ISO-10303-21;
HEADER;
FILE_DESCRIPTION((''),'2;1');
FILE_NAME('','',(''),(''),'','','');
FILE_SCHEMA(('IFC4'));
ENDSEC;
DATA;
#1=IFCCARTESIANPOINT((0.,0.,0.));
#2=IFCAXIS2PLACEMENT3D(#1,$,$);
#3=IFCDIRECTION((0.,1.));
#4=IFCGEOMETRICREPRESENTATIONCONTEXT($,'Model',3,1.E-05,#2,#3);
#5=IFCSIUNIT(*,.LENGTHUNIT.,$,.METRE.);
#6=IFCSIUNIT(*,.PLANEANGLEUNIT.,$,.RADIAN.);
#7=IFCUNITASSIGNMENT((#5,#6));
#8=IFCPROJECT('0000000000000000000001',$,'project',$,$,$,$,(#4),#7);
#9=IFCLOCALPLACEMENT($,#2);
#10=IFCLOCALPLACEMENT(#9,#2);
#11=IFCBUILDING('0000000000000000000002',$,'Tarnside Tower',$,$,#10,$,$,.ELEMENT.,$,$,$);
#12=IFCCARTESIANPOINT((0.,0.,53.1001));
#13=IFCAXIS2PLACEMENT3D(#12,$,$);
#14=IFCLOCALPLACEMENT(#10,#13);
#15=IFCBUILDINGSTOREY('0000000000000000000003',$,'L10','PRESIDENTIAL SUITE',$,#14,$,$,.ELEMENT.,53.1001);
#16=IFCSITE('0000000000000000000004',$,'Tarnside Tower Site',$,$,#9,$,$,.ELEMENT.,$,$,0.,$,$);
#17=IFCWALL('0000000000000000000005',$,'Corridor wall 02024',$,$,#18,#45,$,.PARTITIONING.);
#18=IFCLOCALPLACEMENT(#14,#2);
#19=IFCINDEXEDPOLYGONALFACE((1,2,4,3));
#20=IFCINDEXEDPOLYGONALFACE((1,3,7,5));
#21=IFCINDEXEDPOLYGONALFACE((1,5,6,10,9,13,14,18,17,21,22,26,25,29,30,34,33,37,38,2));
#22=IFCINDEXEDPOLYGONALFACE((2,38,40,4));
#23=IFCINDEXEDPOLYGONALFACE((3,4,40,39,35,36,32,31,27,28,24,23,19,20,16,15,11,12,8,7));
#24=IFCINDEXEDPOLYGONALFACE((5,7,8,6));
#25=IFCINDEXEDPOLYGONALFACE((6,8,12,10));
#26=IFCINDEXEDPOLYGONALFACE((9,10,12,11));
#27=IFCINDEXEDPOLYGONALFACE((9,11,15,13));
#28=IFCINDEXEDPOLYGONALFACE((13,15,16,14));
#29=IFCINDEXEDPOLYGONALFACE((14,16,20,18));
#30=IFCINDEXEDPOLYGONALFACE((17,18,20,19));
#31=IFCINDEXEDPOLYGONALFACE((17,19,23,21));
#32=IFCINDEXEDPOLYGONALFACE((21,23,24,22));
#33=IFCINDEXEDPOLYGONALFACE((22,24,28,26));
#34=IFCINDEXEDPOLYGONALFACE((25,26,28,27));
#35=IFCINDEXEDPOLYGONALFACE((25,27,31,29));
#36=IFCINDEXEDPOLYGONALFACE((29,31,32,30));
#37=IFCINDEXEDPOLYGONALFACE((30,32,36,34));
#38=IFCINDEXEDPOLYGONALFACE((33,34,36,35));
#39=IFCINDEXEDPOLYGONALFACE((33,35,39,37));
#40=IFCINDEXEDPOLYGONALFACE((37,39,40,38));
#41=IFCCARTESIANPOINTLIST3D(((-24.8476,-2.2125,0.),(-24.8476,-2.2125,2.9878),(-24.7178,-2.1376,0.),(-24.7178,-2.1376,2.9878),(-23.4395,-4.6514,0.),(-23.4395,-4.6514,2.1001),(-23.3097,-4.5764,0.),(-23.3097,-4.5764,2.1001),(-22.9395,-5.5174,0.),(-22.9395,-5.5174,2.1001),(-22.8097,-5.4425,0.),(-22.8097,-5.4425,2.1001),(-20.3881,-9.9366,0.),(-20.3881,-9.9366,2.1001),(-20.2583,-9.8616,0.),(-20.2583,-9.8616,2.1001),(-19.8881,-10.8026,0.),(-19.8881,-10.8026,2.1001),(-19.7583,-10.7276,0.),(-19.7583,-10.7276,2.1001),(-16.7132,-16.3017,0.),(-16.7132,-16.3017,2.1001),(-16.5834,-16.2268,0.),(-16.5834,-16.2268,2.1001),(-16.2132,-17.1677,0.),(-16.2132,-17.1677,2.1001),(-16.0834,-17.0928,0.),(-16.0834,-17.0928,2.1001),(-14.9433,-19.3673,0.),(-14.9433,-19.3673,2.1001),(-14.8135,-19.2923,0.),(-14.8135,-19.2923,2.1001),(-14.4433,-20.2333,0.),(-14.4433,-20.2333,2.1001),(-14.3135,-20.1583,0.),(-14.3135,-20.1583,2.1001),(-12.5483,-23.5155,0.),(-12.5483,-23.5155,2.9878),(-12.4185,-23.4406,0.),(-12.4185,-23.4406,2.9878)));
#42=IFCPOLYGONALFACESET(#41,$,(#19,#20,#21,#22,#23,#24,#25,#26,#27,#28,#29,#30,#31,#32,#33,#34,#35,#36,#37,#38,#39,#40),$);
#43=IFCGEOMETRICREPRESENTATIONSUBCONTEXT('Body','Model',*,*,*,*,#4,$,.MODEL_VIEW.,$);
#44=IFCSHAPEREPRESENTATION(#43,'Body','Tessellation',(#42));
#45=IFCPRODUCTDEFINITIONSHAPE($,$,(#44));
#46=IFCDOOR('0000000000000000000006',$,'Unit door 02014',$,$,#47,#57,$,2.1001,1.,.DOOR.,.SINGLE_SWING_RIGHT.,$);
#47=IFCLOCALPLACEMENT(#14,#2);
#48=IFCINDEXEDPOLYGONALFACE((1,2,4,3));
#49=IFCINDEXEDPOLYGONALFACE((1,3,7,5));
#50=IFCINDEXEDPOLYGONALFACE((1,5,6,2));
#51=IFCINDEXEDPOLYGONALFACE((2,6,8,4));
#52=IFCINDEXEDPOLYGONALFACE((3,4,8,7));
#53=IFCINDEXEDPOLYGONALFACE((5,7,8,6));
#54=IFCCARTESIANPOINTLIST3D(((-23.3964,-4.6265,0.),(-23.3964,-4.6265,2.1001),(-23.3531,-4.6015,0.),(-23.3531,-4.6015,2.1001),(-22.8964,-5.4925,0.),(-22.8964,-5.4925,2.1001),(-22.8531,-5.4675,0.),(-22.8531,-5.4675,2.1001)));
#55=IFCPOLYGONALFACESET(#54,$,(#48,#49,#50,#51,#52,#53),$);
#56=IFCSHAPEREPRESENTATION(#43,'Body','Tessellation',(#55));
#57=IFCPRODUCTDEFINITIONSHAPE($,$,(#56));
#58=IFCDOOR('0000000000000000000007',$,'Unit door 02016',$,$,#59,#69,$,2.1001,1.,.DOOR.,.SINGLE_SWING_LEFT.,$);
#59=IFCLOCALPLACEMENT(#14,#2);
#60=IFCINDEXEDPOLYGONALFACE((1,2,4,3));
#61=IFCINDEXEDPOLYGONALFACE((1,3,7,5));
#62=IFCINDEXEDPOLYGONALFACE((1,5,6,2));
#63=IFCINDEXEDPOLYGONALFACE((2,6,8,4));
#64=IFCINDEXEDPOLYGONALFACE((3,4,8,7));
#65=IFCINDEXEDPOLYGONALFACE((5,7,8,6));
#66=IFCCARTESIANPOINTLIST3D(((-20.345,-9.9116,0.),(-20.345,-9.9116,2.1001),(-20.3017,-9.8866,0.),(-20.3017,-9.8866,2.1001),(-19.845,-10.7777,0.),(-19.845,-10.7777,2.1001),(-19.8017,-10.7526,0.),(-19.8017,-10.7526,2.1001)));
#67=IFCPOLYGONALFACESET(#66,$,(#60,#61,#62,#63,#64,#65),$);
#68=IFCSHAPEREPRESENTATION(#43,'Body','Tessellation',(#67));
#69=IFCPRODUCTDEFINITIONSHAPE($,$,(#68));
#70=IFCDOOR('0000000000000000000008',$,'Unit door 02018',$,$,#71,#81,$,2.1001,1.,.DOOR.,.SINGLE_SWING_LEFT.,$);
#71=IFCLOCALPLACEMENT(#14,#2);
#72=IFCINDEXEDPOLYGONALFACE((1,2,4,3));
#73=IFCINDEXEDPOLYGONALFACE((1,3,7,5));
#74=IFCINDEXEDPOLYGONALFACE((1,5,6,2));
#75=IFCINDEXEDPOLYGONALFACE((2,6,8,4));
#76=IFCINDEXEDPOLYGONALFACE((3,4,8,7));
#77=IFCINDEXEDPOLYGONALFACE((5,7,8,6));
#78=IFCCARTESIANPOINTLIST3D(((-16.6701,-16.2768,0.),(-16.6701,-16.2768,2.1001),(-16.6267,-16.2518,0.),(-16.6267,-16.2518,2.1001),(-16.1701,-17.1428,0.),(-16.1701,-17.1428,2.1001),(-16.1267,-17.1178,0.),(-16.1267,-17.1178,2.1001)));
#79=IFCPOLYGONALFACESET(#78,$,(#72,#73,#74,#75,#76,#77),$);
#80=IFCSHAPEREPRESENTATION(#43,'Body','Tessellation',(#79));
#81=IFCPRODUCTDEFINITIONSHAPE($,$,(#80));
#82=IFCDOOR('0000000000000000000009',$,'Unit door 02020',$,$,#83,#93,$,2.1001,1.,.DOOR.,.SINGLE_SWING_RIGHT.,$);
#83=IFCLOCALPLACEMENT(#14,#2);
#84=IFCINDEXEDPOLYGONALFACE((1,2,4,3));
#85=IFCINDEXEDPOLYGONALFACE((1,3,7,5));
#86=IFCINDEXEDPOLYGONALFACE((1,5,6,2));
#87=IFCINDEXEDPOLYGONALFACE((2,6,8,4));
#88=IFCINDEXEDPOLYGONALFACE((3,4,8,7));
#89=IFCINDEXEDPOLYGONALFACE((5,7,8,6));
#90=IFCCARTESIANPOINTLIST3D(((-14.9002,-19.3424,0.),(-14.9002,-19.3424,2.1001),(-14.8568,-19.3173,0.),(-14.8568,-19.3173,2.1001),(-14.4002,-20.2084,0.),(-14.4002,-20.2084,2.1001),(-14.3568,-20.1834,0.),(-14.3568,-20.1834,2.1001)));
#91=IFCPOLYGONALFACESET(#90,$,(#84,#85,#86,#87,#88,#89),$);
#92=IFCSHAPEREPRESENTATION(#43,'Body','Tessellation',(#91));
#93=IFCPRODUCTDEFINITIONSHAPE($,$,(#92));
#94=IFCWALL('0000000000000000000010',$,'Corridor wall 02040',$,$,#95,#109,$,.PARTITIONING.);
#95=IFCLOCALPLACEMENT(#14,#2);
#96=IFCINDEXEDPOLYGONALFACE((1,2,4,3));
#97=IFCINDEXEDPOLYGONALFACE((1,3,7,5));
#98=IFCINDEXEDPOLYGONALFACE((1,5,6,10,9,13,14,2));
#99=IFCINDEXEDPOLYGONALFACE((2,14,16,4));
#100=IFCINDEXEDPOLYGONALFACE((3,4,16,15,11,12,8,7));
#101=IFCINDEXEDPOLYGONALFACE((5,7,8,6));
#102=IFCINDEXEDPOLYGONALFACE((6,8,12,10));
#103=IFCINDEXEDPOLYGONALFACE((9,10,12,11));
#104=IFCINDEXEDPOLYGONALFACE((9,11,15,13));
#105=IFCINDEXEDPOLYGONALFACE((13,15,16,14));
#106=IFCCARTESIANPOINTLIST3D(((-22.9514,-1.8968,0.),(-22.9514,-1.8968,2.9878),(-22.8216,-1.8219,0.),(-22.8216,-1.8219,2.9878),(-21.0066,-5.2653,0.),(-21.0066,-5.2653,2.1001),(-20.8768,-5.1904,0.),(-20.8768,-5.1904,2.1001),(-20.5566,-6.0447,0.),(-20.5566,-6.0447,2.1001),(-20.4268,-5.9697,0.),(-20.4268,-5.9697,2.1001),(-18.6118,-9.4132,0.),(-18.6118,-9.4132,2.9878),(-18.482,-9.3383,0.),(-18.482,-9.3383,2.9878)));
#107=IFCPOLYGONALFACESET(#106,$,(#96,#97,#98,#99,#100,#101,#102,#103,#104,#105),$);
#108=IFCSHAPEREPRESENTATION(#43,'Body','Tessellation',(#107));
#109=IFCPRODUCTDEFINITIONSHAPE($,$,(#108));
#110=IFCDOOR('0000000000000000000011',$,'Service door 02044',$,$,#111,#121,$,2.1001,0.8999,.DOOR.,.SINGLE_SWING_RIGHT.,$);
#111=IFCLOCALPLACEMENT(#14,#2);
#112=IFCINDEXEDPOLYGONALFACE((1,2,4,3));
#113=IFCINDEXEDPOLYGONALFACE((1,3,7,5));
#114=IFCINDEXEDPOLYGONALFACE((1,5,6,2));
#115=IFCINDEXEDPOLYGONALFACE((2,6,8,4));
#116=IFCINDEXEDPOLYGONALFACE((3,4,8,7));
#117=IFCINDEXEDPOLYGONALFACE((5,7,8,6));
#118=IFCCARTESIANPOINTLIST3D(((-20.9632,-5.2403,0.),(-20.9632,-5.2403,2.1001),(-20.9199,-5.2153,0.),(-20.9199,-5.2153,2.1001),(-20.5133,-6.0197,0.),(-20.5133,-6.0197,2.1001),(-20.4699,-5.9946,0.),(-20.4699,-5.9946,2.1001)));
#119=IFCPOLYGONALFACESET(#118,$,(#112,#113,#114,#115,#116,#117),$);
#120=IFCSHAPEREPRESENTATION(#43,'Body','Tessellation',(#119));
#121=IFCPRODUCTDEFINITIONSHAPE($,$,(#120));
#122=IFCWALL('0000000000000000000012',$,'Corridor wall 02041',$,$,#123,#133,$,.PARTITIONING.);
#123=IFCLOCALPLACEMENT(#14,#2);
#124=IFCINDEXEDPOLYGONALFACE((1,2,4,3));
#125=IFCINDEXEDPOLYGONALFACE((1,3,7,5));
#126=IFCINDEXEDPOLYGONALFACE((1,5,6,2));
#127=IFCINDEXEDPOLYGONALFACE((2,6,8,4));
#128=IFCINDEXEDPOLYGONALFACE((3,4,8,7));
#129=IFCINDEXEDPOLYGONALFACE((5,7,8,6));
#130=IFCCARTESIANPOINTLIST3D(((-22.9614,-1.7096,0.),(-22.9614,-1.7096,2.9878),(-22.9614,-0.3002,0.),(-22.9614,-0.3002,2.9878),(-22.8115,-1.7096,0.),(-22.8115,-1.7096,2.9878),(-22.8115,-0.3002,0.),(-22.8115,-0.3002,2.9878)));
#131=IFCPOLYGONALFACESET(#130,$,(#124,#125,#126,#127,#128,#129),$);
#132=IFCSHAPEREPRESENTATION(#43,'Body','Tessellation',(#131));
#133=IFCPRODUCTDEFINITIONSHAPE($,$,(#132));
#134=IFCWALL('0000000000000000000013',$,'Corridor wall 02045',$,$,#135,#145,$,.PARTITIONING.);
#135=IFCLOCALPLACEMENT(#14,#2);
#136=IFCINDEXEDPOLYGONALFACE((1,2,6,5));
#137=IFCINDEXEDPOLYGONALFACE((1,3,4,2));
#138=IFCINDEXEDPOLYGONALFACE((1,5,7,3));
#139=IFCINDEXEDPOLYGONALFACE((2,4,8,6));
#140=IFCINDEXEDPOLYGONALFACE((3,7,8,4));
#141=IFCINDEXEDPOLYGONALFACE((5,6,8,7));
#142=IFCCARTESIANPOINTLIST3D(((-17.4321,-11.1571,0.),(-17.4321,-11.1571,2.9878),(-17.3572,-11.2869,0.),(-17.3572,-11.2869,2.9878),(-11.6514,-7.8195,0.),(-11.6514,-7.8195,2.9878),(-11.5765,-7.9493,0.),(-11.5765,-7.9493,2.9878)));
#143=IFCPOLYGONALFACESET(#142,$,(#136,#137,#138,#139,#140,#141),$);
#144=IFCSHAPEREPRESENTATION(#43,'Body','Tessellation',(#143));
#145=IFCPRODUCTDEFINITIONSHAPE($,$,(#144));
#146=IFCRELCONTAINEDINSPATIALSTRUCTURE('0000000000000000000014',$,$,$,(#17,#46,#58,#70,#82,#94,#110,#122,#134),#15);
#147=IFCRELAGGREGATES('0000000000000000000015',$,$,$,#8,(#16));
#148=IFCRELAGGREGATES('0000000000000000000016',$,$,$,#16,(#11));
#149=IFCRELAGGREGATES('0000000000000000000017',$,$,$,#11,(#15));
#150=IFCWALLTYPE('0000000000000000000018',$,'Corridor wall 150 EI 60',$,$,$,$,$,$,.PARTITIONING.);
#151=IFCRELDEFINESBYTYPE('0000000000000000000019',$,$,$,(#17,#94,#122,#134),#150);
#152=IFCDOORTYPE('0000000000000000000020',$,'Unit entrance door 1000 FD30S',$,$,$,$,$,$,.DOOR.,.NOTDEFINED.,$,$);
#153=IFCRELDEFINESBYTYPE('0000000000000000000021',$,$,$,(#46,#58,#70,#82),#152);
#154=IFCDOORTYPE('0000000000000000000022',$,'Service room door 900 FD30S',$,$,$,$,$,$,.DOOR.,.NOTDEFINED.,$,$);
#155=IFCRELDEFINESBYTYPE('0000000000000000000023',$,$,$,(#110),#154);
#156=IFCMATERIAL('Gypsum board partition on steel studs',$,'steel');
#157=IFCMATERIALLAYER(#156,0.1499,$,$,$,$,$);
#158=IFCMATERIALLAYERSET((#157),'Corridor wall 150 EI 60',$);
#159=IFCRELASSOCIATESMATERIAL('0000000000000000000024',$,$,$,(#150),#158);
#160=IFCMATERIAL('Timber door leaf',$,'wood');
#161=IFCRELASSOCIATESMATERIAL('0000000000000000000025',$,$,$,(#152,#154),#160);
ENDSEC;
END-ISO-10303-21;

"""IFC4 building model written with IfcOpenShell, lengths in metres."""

from ifc_helpers import new_model, si_unit, direction, frame, frame_2d, origin, place, context, subcontext, project, spatial, rectangle, extrude, material, layer, layer_set, type_object, element, fill, save


model = new_model("IFC4")

# Units and contexts
model_context = context("Model", 3, precision=1e-05, world=origin(), true_north=direction((0.0, 1.0)))
body_context = subcontext(model_context, "Body", "Model", "MODEL_VIEW")
ifc_project = project(units=[si_unit("LENGTHUNIT", "METRE"), si_unit("PLANEANGLEUNIT", "RADIAN")], contexts=[model_context])

# Site, building, storey
site_placement = place(None, origin())
site = spatial("IfcSite", under=ifc_project, at=site_placement, Name="Tarnside Tower Site", CompositionType="ELEMENT", RefElevation=0.0)
building_placement = place(site_placement, origin())
building = spatial("IfcBuilding", under=site, at=building_placement, Name="Tarnside Tower", CompositionType="ELEMENT")
storey_placement = place(building_placement, frame((0.0, 0.0, 53.1001)))
storey = spatial("IfcBuildingStorey", under=building, at=storey_placement, Name="L10", Description="PRESIDENTIAL SUITE", CompositionType="ELEMENT", Elevation=53.1001)

# Shared definitions
ifc_material_1 = material(Name="Gypsum board partition on steel studs", Category="steel")
ifc_material_2 = material(Name="Timber door leaf", Category="wood")

# Wall, openings, doors
ifc_layer_1 = layer(ifc_material_1, 0.1499)
ifc_layer_set_1 = layer_set([ifc_layer_1], Name="Corridor wall 150 EI 60")
wall_type_1 = type_object("IfcWallType", Name="Corridor wall 150 EI 60", PredefinedType="PARTITIONING", material=ifc_layer_set_1)
wall_1_placement = place(storey_placement, frame((-24.7827, -2.175, 0.0), z_axis=(0.0, 0.0, 1.0), x_axis=(0.500001, -0.866025, 0.0)))
wall_1 = element("IfcWall", 1, at=wall_1_placement, inside=storey, type_object=wall_type_1, Name="Corridor wall 02024", PredefinedType="PARTITIONING", context=body_context, shape_type="SweptSolid", body=[
    extrude(rectangle(XDim=24.5986, YDim=0.1499, at=frame_2d((12.2993, 0.0))), origin(), (0.0, 0.0, 1.0), 2.9878),
])
opening_1_placement = place(wall_1_placement, frame((2.8162, 0.0, 0.0)))
opening_1 = element("IfcOpeningElement", 2, at=opening_1_placement, cuts=wall_1, PredefinedType="OPENING", context=body_context, shape_type="SweptSolid", body=[
    extrude(rectangle(XDim=1.0, YDim=2.1001, at=frame_2d((0.5, 1.05))), frame((0.0, 0.085, 0.0), z_axis=(0.0, -1.0, 0.0), x_axis=(1.0, 0.0, 0.0)), (0.0, 0.0, 1.0), 0.1699),
])
opening_2_placement = place(wall_1_placement, frame((8.9189, 0.0, 0.0)))
opening_2 = element("IfcOpeningElement", 3, at=opening_2_placement, cuts=wall_1, PredefinedType="OPENING", context=body_context, shape_type="SweptSolid", body=[
    extrude(rectangle(XDim=1.0, YDim=2.1001, at=frame_2d((0.5, 1.05))), frame((0.0, 0.085, 0.0), z_axis=(0.0, -1.0, 0.0), x_axis=(1.0, 0.0, 0.0)), (0.0, 0.0, 1.0), 0.1699),
])
opening_3_placement = place(wall_1_placement, frame((16.2688, 0.0, 0.0)))
opening_3 = element("IfcOpeningElement", 4, at=opening_3_placement, cuts=wall_1, PredefinedType="OPENING", context=body_context, shape_type="SweptSolid", body=[
    extrude(rectangle(XDim=1.0, YDim=2.1001, at=frame_2d((0.5, 1.05))), frame((0.0, 0.085, 0.0), z_axis=(0.0, -1.0, 0.0), x_axis=(1.0, 0.0, 0.0)), (0.0, 0.0, 1.0), 0.1699),
])
opening_4_placement = place(wall_1_placement, frame((19.8086, 0.0, 0.0)))
opening_4 = element("IfcOpeningElement", 5, at=opening_4_placement, cuts=wall_1, PredefinedType="OPENING", context=body_context, shape_type="SweptSolid", body=[
    extrude(rectangle(XDim=1.0, YDim=2.1001, at=frame_2d((0.5, 1.05))), frame((0.0, 0.085, 0.0), z_axis=(0.0, -1.0, 0.0), x_axis=(1.0, 0.0, 0.0)), (0.0, 0.0, 1.0), 0.1699),
])
door_type_1 = type_object("IfcDoorType", Name="Unit entrance door 1000 FD30S", OperationType="NOTDEFINED", PredefinedType="DOOR", material=ifc_material_2)
door_1_placement = place(opening_1_placement, origin())
door_1 = element("IfcDoor", 6, at=door_1_placement, inside=storey, type_object=door_type_1, Name="Unit door 02014", OperationType="SINGLE_SWING_RIGHT", OverallHeight=2.1001, OverallWidth=1.0, PredefinedType="DOOR", context=body_context, shape_type="SweptSolid", body=[
    extrude(rectangle(XDim=1.0, YDim=2.1001, at=frame_2d((0.5, 1.05))), frame((0.0, 0.0249, 0.0), z_axis=(0.0, -1.0, 0.0), x_axis=(1.0, 0.0, 0.0)), (0.0, 0.0, 1.0), 0.05),
])
fill(opening_1, door_1)
door_2_placement = place(opening_2_placement, origin())
door_2 = element("IfcDoor", 7, at=door_2_placement, inside=storey, type_object=door_type_1, Name="Unit door 02016", OperationType="SINGLE_SWING_LEFT", OverallHeight=2.1001, OverallWidth=1.0, PredefinedType="DOOR", context=body_context, shape_type="SweptSolid", body=[
    extrude(rectangle(XDim=1.0, YDim=2.1001, at=frame_2d((0.5, 1.05))), frame((0.0, 0.0249, 0.0), z_axis=(0.0, -1.0, 0.0), x_axis=(1.0, 0.0, 0.0)), (0.0, 0.0, 1.0), 0.05),
])
fill(opening_2, door_2)
door_3_placement = place(opening_3_placement, origin())
door_3 = element("IfcDoor", 8, at=door_3_placement, inside=storey, type_object=door_type_1, Name="Unit door 02018", OperationType="SINGLE_SWING_LEFT", OverallHeight=2.1001, OverallWidth=1.0, PredefinedType="DOOR", context=body_context, shape_type="SweptSolid", body=[
    extrude(rectangle(XDim=1.0, YDim=2.1001, at=frame_2d((0.5, 1.05))), frame((0.0, 0.0249, 0.0), z_axis=(0.0, -1.0, 0.0), x_axis=(1.0, 0.0, 0.0)), (0.0, 0.0, 1.0), 0.05),
])
fill(opening_3, door_3)
door_4_placement = place(opening_4_placement, origin())
door_4 = element("IfcDoor", 9, at=door_4_placement, inside=storey, type_object=door_type_1, Name="Unit door 02020", OperationType="SINGLE_SWING_RIGHT", OverallHeight=2.1001, OverallWidth=1.0, PredefinedType="DOOR", context=body_context, shape_type="SweptSolid", body=[
    extrude(rectangle(XDim=1.0, YDim=2.1001, at=frame_2d((0.5, 1.05))), frame((0.0, 0.0249, 0.0), z_axis=(0.0, -1.0, 0.0), x_axis=(1.0, 0.0, 0.0)), (0.0, 0.0, 1.0), 0.05),
])
fill(opening_4, door_4)

# Wall, opening, door
wall_2_placement = place(storey_placement, frame((-18.5469, -9.3757, 0.0), z_axis=(0.0, 0.0, 1.0), x_axis=(-0.500002, 0.866024, 0.0)))
wall_2 = element("IfcWall", 10, at=wall_2_placement, inside=storey, type_object=wall_type_1, Name="Corridor wall 02040", PredefinedType="PARTITIONING", context=body_context, shape_type="SweptSolid", body=[
    extrude(rectangle(XDim=8.6792, YDim=0.1499, at=frame_2d((4.3396, 0.0))), origin(), (0.0, 0.0, 1.0), 2.9878),
])
opening_5_placement = place(wall_2_placement, frame((3.8896, 0.0, 0.0)))
opening_5 = element("IfcOpeningElement", 11, at=opening_5_placement, cuts=wall_2, PredefinedType="OPENING", context=body_context, shape_type="SweptSolid", body=[
    extrude(rectangle(XDim=0.8999, YDim=2.1001, at=frame_2d((0.45, 1.05))), frame((0.0, 0.085, 0.0), z_axis=(0.0, -1.0, 0.0), x_axis=(1.0, 0.0, 0.0)), (0.0, 0.0, 1.0), 0.1699),
])
door_type_2 = type_object("IfcDoorType", Name="Service room door 900 FD30S", OperationType="NOTDEFINED", PredefinedType="DOOR", material=ifc_material_2)
door_5_placement = place(opening_5_placement, origin())
door_5 = element("IfcDoor", 12, at=door_5_placement, inside=storey, type_object=door_type_2, Name="Service door 02044", OperationType="SINGLE_SWING_RIGHT", OverallHeight=2.1001, OverallWidth=0.8999, PredefinedType="DOOR", context=body_context, shape_type="SweptSolid", body=[
    extrude(rectangle(XDim=0.8999, YDim=2.1001, at=frame_2d((0.45, 1.05))), frame((0.0, 0.0249, 0.0), z_axis=(0.0, -1.0, 0.0), x_axis=(1.0, 0.0, 0.0)), (0.0, 0.0, 1.0), 0.05),
])
fill(opening_5, door_5)

# Walls
wall_3_placement = place(storey_placement, frame((-22.8865, -1.7095, 0.0), z_axis=(0.0, 0.0, 1.0), x_axis=(0.0, 1.0, 0.0)))
element("IfcWall", 13, at=wall_3_placement, inside=storey, type_object=wall_type_1, Name="Corridor wall 02041", PredefinedType="PARTITIONING", context=body_context, shape_type="SweptSolid", body=[
    extrude(rectangle(XDim=1.4094, YDim=0.1499, at=frame_2d((0.7046, 0.0))), origin(), (0.0, 0.0, 1.0), 2.9878),
])
wall_4_placement = place(storey_placement, frame((-17.3945, -11.2219, 0.0), z_axis=(0.0, 0.0, 1.0), x_axis=(0.866017, 0.500014, 0.0)))
element("IfcWall", 14, at=wall_4_placement, inside=storey, type_object=wall_type_1, Name="Corridor wall 02045", PredefinedType="PARTITIONING", context=body_context, shape_type="SweptSolid", body=[
    extrude(rectangle(XDim=6.675, YDim=0.1499, at=frame_2d((3.3374, 0.0))), origin(), (0.0, 0.0, 1.0), 2.9878),
])

save(model, "model.ifc")
